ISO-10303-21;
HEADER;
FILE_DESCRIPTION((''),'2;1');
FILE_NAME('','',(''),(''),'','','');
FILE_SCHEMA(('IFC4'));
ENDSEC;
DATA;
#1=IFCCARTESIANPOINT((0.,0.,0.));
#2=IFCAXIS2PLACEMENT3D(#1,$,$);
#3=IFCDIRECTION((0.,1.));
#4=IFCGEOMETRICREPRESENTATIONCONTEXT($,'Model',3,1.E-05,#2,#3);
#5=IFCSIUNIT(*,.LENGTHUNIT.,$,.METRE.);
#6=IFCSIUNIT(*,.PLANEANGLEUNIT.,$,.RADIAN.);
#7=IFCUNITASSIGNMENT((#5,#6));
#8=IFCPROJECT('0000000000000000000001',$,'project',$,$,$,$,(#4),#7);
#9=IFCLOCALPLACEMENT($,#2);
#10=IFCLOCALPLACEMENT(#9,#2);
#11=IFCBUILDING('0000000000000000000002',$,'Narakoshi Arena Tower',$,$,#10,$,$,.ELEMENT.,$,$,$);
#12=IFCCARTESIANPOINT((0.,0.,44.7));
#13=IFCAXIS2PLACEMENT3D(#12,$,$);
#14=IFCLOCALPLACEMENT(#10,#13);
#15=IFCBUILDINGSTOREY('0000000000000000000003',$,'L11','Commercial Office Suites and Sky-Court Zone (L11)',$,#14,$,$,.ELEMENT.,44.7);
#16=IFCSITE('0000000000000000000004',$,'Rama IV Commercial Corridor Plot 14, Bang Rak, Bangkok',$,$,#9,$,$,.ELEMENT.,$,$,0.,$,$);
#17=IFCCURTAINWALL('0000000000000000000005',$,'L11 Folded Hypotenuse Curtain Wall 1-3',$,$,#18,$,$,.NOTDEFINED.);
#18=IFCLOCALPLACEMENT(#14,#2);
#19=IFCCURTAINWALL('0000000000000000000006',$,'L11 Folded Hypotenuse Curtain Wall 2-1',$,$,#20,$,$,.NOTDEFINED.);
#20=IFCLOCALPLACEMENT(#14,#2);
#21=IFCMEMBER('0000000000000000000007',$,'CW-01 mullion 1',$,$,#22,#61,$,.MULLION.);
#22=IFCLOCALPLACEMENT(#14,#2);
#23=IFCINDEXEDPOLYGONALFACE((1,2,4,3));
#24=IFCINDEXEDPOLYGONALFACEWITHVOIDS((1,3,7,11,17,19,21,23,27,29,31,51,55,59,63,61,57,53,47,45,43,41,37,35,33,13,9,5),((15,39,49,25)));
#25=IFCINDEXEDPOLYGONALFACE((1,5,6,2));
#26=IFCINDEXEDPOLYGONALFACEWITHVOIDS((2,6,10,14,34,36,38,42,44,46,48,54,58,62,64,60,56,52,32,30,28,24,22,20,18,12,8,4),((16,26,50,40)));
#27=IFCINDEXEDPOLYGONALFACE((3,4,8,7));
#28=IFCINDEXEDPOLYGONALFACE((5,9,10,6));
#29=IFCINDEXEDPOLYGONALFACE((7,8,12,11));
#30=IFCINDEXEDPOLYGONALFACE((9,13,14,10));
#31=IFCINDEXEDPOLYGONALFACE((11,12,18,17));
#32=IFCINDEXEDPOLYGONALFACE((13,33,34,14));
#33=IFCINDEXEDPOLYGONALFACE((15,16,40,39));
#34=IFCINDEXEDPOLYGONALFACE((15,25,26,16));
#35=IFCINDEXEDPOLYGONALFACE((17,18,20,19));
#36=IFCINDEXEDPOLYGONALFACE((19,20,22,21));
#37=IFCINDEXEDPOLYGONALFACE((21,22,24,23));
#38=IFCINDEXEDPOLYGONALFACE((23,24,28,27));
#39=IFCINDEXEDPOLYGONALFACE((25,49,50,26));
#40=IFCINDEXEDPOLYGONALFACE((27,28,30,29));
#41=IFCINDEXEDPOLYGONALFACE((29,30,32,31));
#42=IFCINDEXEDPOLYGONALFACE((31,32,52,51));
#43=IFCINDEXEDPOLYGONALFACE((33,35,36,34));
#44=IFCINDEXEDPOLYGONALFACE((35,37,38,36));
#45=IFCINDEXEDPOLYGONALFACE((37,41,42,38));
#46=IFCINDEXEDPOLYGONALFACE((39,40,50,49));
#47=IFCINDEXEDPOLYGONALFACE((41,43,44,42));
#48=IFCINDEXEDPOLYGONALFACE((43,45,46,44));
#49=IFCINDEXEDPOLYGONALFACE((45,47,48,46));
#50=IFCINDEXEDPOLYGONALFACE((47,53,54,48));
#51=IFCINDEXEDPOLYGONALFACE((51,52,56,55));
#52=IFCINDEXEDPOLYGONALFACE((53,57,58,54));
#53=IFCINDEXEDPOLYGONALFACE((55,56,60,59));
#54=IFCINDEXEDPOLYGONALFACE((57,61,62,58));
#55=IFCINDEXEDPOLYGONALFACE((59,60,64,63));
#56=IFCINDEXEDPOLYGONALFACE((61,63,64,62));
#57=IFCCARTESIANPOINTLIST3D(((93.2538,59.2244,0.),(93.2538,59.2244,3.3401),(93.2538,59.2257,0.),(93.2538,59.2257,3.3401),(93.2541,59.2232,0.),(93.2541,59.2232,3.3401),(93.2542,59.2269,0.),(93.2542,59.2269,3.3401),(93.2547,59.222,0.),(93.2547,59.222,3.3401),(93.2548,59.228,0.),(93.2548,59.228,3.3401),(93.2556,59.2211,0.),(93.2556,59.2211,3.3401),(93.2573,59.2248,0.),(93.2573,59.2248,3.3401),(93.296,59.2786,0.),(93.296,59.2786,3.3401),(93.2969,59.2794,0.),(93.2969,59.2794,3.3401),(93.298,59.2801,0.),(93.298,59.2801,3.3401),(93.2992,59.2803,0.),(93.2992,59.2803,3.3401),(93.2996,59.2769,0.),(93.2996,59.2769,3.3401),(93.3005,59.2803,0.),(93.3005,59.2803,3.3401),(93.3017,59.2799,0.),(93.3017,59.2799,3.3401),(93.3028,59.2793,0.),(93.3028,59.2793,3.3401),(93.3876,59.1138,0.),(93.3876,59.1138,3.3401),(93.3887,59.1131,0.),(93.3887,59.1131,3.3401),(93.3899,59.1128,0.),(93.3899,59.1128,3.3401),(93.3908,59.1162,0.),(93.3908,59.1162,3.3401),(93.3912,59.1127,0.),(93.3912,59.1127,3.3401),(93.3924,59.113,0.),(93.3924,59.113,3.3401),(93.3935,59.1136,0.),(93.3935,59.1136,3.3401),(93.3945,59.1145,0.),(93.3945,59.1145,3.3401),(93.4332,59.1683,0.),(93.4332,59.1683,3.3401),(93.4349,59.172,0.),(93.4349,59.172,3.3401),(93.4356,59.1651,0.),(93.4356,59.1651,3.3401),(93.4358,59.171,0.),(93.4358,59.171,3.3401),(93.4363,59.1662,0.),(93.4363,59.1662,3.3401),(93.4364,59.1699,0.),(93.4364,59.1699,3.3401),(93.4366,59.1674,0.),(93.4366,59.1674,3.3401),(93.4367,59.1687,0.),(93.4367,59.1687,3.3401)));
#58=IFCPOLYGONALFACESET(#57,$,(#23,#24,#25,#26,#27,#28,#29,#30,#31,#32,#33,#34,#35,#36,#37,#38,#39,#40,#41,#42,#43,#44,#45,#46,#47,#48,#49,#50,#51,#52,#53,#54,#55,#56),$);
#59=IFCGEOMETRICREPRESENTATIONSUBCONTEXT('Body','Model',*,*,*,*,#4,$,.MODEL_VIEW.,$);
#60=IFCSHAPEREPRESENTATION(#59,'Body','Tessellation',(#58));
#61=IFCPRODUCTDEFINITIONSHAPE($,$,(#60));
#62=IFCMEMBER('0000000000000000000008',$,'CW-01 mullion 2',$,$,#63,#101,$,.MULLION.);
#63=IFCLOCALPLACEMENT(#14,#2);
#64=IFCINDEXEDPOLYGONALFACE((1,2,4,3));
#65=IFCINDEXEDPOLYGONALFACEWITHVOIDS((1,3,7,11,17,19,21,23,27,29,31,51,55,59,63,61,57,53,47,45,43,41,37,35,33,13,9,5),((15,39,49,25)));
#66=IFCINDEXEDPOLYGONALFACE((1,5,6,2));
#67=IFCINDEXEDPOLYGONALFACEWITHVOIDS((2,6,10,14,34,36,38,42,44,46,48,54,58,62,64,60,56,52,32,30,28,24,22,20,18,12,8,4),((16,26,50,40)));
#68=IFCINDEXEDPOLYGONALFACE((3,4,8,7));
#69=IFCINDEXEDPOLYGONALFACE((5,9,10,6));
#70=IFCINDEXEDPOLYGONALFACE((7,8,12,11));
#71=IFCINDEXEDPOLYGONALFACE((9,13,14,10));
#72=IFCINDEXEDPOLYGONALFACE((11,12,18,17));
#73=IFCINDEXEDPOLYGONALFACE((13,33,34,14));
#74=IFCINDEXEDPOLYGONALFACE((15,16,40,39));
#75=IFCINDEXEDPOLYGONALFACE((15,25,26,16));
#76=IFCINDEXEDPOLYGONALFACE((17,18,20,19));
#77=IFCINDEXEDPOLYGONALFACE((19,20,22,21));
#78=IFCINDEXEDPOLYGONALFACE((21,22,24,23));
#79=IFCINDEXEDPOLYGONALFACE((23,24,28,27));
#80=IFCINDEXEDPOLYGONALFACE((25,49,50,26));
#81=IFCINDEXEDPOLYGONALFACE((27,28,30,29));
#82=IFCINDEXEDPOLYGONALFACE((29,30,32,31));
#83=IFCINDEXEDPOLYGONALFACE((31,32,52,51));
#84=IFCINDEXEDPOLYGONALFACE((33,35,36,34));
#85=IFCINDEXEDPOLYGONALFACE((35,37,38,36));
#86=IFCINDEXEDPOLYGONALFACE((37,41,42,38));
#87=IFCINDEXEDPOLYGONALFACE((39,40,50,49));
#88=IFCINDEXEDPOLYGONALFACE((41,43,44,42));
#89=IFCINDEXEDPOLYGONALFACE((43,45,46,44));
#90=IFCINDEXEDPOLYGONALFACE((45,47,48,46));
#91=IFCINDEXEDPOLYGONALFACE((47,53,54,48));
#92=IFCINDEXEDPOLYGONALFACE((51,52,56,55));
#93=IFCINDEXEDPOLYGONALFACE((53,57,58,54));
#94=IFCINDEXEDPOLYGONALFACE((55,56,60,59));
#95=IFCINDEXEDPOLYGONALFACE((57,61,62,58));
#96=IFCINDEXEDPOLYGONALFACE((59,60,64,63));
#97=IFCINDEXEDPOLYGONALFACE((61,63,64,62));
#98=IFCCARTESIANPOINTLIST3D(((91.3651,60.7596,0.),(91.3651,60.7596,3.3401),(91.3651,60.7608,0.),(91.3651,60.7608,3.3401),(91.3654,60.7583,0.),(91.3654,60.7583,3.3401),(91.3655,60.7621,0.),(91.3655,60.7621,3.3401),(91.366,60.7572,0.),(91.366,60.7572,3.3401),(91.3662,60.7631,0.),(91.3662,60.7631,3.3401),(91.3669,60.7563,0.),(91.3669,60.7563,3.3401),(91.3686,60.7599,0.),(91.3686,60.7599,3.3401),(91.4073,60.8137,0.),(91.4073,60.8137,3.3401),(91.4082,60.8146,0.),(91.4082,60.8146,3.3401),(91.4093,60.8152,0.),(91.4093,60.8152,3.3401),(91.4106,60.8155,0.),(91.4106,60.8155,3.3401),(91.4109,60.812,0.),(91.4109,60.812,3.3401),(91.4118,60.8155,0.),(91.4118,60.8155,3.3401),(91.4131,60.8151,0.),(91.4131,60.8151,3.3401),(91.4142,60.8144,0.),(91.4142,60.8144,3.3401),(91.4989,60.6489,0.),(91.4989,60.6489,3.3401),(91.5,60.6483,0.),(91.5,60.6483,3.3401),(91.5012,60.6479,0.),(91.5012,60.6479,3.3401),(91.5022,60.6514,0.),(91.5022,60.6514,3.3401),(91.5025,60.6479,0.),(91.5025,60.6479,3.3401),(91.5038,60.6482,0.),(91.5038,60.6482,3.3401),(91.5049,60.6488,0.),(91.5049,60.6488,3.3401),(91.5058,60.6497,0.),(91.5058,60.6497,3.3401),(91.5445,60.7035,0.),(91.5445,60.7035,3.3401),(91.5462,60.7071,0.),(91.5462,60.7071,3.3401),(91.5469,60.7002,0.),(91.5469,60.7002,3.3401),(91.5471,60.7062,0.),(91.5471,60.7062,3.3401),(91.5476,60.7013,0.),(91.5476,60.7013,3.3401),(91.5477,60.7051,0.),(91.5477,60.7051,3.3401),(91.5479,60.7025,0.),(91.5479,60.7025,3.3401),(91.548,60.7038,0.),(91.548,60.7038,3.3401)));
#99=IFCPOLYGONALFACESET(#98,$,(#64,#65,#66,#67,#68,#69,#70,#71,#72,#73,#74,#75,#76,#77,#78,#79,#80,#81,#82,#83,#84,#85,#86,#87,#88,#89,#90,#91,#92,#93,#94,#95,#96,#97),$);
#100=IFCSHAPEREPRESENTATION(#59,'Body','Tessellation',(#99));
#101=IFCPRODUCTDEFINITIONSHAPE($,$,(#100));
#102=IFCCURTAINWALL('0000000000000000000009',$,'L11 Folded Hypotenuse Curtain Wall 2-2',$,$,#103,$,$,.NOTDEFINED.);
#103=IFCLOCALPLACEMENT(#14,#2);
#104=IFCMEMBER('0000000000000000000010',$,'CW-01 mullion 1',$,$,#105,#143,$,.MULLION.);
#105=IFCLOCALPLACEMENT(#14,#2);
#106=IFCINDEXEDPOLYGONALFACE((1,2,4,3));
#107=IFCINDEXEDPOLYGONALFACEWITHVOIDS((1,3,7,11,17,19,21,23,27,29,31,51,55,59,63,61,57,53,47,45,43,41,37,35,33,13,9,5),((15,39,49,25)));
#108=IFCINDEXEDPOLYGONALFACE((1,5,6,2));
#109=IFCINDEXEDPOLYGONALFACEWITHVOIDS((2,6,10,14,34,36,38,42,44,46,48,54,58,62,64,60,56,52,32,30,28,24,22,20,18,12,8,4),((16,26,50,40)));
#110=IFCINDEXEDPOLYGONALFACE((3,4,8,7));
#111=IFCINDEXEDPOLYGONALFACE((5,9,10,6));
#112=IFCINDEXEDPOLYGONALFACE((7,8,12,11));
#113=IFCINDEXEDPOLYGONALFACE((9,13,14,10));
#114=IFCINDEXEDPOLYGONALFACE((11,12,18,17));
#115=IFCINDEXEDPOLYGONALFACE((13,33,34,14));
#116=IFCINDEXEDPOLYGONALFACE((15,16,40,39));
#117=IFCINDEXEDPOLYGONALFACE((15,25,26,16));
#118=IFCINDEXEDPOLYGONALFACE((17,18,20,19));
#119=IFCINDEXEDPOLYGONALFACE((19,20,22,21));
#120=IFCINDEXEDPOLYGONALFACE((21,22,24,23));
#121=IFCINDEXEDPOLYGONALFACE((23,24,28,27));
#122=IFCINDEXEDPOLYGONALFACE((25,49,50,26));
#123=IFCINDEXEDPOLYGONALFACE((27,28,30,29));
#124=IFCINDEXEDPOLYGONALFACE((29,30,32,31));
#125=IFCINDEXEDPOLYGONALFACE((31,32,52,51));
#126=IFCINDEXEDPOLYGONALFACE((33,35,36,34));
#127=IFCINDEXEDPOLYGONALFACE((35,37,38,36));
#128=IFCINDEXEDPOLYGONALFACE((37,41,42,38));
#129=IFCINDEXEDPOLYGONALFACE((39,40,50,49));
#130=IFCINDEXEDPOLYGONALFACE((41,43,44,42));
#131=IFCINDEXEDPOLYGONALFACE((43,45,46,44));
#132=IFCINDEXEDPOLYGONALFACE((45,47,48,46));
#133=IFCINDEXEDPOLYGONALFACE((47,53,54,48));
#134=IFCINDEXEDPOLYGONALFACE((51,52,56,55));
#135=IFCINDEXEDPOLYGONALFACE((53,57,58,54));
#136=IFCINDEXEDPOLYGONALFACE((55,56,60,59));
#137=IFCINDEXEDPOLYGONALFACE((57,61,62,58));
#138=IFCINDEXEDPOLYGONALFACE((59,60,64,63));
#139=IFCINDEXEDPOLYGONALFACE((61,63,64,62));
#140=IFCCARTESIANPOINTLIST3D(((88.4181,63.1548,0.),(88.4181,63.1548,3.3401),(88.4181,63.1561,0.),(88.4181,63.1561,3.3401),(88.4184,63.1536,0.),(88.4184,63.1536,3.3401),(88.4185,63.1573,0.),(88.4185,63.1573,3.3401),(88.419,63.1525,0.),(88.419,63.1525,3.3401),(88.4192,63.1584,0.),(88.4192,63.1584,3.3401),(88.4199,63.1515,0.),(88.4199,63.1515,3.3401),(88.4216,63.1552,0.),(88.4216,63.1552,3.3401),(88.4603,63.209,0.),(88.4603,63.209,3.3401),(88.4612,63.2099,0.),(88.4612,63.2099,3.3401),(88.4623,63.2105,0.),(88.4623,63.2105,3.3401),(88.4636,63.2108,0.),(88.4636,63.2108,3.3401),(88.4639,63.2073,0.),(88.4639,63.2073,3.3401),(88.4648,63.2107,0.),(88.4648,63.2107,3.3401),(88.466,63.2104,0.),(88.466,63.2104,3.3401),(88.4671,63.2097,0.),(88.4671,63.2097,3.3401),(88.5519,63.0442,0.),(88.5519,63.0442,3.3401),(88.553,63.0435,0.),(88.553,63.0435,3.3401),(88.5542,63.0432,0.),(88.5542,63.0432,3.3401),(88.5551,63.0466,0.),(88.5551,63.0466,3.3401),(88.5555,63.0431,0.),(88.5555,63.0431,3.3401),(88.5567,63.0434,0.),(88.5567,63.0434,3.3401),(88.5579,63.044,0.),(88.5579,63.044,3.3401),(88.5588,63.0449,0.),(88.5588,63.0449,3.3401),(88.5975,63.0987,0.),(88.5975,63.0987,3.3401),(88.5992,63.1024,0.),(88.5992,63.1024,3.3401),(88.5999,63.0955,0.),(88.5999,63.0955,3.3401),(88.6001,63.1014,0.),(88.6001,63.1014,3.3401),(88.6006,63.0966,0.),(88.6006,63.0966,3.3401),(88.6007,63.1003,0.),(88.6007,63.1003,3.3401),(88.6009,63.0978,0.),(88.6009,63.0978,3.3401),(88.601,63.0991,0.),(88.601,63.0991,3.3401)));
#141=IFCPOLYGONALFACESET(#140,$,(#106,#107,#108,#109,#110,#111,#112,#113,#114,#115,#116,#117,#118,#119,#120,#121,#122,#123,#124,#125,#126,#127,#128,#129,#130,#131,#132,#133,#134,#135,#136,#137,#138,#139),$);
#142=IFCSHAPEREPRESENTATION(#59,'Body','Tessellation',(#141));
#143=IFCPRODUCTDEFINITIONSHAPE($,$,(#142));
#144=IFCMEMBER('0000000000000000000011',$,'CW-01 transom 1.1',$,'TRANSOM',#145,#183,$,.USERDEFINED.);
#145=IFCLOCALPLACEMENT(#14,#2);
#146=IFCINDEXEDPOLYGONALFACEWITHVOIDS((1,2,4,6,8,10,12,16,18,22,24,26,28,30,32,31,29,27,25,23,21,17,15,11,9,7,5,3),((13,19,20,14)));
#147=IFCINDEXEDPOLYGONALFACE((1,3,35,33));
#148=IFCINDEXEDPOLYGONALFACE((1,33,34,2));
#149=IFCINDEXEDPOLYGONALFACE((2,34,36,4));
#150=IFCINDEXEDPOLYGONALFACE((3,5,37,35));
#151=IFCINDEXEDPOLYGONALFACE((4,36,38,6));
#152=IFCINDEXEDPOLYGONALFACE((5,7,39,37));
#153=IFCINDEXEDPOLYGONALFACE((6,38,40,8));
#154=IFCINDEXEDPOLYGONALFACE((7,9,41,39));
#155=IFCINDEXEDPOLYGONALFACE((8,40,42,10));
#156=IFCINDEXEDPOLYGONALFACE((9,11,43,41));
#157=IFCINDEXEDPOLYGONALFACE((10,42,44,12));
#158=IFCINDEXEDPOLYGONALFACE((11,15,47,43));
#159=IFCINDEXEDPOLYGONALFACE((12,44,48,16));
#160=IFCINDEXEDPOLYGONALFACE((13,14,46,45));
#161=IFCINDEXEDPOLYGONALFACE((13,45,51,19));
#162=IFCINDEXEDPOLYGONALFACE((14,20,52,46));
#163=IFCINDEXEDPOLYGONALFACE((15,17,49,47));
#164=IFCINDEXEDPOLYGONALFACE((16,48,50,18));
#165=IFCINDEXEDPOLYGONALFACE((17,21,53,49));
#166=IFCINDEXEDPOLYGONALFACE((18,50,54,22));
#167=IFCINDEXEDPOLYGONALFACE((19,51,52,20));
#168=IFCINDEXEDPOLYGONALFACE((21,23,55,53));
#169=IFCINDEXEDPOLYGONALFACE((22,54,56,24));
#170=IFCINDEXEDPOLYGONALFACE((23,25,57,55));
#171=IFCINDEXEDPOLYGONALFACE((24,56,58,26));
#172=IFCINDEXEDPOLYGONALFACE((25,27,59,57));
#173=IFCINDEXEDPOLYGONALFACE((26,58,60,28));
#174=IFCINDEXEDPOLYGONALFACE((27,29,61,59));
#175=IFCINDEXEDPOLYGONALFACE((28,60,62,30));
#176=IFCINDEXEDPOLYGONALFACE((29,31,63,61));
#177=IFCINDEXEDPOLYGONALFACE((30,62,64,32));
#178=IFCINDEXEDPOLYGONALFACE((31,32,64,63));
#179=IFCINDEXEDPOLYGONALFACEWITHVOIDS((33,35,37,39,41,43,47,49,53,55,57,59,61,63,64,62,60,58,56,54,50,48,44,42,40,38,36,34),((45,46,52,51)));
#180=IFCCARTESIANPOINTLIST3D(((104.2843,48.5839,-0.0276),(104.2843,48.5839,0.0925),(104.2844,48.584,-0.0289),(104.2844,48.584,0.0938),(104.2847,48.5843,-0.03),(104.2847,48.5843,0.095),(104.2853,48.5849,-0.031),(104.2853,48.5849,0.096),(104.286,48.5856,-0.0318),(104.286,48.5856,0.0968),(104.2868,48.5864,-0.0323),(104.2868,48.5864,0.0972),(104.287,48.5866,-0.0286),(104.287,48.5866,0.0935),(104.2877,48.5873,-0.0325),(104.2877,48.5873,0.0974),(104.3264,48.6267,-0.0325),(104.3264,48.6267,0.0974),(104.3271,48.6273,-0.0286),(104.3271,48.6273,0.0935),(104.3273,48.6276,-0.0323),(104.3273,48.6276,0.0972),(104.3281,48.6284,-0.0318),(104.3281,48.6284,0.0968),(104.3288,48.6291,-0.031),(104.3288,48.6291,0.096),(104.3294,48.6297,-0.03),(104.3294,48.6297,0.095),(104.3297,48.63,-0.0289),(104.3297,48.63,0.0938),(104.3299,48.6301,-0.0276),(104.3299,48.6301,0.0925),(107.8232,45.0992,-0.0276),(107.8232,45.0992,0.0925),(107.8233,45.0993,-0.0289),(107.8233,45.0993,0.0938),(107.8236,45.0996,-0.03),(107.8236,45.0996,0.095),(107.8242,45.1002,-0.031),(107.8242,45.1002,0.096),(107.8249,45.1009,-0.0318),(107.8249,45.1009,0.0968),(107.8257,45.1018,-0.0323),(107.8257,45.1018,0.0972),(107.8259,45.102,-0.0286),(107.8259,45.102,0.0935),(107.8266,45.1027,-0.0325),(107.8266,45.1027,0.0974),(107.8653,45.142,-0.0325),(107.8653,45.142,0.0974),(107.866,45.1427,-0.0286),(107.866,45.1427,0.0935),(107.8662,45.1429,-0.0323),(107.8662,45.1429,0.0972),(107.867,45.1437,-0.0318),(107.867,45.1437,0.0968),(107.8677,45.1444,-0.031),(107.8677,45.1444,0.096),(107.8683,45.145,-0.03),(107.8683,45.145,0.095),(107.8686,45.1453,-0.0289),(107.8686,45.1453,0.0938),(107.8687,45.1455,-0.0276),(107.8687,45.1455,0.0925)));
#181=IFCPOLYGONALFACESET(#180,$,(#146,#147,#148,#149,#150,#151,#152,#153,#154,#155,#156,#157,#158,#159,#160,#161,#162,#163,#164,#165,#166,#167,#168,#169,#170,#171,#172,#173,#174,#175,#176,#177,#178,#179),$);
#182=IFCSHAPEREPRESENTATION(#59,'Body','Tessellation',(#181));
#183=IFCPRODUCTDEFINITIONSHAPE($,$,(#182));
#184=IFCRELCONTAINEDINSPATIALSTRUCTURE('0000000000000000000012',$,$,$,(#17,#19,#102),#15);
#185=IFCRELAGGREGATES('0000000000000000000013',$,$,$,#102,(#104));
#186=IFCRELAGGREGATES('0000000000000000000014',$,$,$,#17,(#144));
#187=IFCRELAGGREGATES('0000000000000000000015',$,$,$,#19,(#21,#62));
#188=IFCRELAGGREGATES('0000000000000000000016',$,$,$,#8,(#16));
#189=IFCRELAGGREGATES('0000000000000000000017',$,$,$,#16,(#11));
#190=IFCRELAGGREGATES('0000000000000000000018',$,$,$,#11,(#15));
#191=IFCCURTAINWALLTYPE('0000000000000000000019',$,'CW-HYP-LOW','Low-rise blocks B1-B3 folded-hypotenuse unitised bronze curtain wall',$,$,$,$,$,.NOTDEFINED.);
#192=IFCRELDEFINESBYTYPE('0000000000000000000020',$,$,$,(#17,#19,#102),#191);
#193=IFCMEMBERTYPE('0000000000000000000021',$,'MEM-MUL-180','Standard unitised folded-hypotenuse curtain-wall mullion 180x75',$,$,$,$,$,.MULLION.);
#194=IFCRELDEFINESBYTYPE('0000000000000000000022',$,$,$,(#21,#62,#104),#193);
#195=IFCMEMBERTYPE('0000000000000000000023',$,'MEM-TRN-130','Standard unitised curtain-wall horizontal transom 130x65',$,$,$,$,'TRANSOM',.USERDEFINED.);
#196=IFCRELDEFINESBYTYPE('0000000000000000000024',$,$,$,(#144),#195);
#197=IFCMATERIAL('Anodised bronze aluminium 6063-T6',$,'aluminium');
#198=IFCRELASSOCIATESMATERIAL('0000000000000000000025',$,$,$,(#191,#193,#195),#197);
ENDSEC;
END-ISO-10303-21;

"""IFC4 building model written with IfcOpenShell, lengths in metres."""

from ifc_helpers import new_model, si_unit, direction, frame, origin, origin_2d, place, context, subcontext, project, spatial, hollow_rectangle, extrude, material, material_profile, profile_set, type_object, element, aggregate, save


model = new_model("IFC4")

# Units and contexts
model_context = context("Model", 3, precision=1e-05, world=origin(), true_north=direction((0.0, 1.0)))
body_context = subcontext(model_context, "Body", "Model", "MODEL_VIEW")
ifc_project = project(units=[si_unit("LENGTHUNIT", "METRE"), si_unit("PLANEANGLEUNIT", "RADIAN")], contexts=[model_context])

# Site, building, storey
site_placement = place(None, origin())
site = spatial("IfcSite", under=ifc_project, at=site_placement, Name="Rama IV Commercial Corridor Plot 14, Bang Rak, Bangkok", CompositionType="ELEMENT", RefElevation=0.0)
building_placement = place(site_placement, origin())
building = spatial("IfcBuilding", under=site, at=building_placement, Name="Narakoshi Arena Tower", CompositionType="ELEMENT")
storey_placement = place(building_placement, frame((0.0, 0.0, 44.7)))
storey = spatial("IfcBuildingStorey", under=building, at=storey_placement, Name="L11", Description="Commercial Office Suites and Sky-Court Zone (L11)", CompositionType="ELEMENT", Elevation=44.7)

# Curtain walls, members
ifc_material_1 = material(Name="Anodised bronze aluminium 6063-T6", Category="aluminium")
curtain_wall_type = type_object("IfcCurtainWallType", Name="CW-HYP-LOW", Description="Low-rise blocks B1-B3 folded-hypotenuse unitised bronze curtain wall", PredefinedType="NOTDEFINED", material=ifc_material_1)
curtain_wall_1_placement = place(storey_placement, origin())
curtain_wall_1 = element("IfcCurtainWall", 1, at=curtain_wall_1_placement, inside=storey, type_object=curtain_wall_type, Name="L11 Folded Hypotenuse Curtain Wall 1-3", PredefinedType="NOTDEFINED")
ifc_material_profile_1 = material_profile(ifc_material_1, hollow_rectangle(XDim=0.075, YDim=0.1799, WallThickness=0.0039, OuterFilletRadius=0.0049, at=origin_2d()), Name="MUL180x75x4")
ifc_profile_set_1 = profile_set([ifc_material_profile_1], Name="Anodised bronze aluminium 6063-T6")
member_type_1 = type_object("IfcMemberType", Name="MEM-MUL-180", Description="Standard unitised folded-hypotenuse curtain-wall mullion 180x75", PredefinedType="MULLION", material=ifc_profile_set_1)
curtain_wall_2_placement = place(storey_placement, origin())
curtain_wall_2 = element("IfcCurtainWall", 2, at=curtain_wall_2_placement, inside=storey, type_object=curtain_wall_type, Name="L11 Folded Hypotenuse Curtain Wall 2-1", PredefinedType="NOTDEFINED")
member_1_placement = place(storey_placement, frame((93.3452, 59.1965, 0.0), z_axis=(0.0, 0.0, 1.0), x_axis=(-0.630723, -0.776008, 0.0)))
member_1 = element("IfcMember", 3, at=member_1_placement, type_object=member_type_1, Name="CW-01 mullion 1", PredefinedType="MULLION", context=body_context, shape_type="SweptSolid", body=[
    extrude(hollow_rectangle(XDim=0.075, YDim=0.1799, WallThickness=0.0039, OuterFilletRadius=0.0049, at=origin_2d()), origin(), (0.0, 0.0, 1.0), 3.3401),
])
member_2_placement = place(storey_placement, frame((91.4565, 60.7317, 0.0), z_axis=(0.0, 0.0, 1.0), x_axis=(-0.630723, -0.776008, 0.0)))
member_2 = element("IfcMember", 4, at=member_2_placement, type_object=member_type_1, Name="CW-01 mullion 2", PredefinedType="MULLION", context=body_context, shape_type="SweptSolid", body=[
    extrude(hollow_rectangle(XDim=0.075, YDim=0.1799, WallThickness=0.0039, OuterFilletRadius=0.0049, at=origin_2d()), origin(), (0.0, 0.0, 1.0), 3.3401),
])

# Curtain wall, member
curtain_wall_3_placement = place(storey_placement, origin())
curtain_wall_3 = element("IfcCurtainWall", 5, at=curtain_wall_3_placement, inside=storey, type_object=curtain_wall_type, Name="L11 Folded Hypotenuse Curtain Wall 2-2", PredefinedType="NOTDEFINED")
member_3_placement = place(storey_placement, frame((88.5095, 63.127, 0.0), z_axis=(0.0, 0.0, 1.0), x_axis=(-0.630735, -0.775998, 0.0)))
member_3 = element("IfcMember", 6, at=member_3_placement, type_object=member_type_1, Name="CW-01 mullion 1", PredefinedType="MULLION", context=body_context, shape_type="SweptSolid", body=[
    extrude(hollow_rectangle(XDim=0.075, YDim=0.1799, WallThickness=0.0039, OuterFilletRadius=0.0049, at=origin_2d()), origin(), (0.0, 0.0, 1.0), 3.3401),
])
aggregate(curtain_wall_3, [member_3])

# Member
ifc_material_profile_2 = material_profile(ifc_material_1, hollow_rectangle(XDim=0.0649, YDim=0.1299, WallThickness=0.0039, OuterFilletRadius=0.0049, at=origin_2d()), Name="TRN130x65x4")
ifc_profile_set_2 = profile_set([ifc_material_profile_2], Name="Anodised bronze aluminium 6063-T6")
member_type_2 = type_object("IfcMemberType", Name="MEM-TRN-130", Description="Standard unitised curtain-wall horizontal transom 130x65", ElementType="TRANSOM", PredefinedType="USERDEFINED", material=ifc_profile_set_2)
member_4_placement = place(storey_placement, frame((107.8459, 45.1223, 0.0325), z_axis=(-0.712542, 0.701629, 0.0), x_axis=(-0.701629, -0.712542, 0.0)))
member_4 = element("IfcMember", 7, at=member_4_placement, type_object=member_type_2, Name="CW-01 transom 1.1", ObjectType="TRANSOM", PredefinedType="USERDEFINED", context=body_context, shape_type="SweptSolid", body=[
    extrude(hollow_rectangle(XDim=0.0649, YDim=0.1299, WallThickness=0.0039, OuterFilletRadius=0.0049, at=origin_2d()), origin(), (0.0, 0.0, 1.0), 4.9666),
])

aggregate(curtain_wall_1, [member_4])
aggregate(curtain_wall_2, [member_1, member_2])

save(model, "model.ifc")
